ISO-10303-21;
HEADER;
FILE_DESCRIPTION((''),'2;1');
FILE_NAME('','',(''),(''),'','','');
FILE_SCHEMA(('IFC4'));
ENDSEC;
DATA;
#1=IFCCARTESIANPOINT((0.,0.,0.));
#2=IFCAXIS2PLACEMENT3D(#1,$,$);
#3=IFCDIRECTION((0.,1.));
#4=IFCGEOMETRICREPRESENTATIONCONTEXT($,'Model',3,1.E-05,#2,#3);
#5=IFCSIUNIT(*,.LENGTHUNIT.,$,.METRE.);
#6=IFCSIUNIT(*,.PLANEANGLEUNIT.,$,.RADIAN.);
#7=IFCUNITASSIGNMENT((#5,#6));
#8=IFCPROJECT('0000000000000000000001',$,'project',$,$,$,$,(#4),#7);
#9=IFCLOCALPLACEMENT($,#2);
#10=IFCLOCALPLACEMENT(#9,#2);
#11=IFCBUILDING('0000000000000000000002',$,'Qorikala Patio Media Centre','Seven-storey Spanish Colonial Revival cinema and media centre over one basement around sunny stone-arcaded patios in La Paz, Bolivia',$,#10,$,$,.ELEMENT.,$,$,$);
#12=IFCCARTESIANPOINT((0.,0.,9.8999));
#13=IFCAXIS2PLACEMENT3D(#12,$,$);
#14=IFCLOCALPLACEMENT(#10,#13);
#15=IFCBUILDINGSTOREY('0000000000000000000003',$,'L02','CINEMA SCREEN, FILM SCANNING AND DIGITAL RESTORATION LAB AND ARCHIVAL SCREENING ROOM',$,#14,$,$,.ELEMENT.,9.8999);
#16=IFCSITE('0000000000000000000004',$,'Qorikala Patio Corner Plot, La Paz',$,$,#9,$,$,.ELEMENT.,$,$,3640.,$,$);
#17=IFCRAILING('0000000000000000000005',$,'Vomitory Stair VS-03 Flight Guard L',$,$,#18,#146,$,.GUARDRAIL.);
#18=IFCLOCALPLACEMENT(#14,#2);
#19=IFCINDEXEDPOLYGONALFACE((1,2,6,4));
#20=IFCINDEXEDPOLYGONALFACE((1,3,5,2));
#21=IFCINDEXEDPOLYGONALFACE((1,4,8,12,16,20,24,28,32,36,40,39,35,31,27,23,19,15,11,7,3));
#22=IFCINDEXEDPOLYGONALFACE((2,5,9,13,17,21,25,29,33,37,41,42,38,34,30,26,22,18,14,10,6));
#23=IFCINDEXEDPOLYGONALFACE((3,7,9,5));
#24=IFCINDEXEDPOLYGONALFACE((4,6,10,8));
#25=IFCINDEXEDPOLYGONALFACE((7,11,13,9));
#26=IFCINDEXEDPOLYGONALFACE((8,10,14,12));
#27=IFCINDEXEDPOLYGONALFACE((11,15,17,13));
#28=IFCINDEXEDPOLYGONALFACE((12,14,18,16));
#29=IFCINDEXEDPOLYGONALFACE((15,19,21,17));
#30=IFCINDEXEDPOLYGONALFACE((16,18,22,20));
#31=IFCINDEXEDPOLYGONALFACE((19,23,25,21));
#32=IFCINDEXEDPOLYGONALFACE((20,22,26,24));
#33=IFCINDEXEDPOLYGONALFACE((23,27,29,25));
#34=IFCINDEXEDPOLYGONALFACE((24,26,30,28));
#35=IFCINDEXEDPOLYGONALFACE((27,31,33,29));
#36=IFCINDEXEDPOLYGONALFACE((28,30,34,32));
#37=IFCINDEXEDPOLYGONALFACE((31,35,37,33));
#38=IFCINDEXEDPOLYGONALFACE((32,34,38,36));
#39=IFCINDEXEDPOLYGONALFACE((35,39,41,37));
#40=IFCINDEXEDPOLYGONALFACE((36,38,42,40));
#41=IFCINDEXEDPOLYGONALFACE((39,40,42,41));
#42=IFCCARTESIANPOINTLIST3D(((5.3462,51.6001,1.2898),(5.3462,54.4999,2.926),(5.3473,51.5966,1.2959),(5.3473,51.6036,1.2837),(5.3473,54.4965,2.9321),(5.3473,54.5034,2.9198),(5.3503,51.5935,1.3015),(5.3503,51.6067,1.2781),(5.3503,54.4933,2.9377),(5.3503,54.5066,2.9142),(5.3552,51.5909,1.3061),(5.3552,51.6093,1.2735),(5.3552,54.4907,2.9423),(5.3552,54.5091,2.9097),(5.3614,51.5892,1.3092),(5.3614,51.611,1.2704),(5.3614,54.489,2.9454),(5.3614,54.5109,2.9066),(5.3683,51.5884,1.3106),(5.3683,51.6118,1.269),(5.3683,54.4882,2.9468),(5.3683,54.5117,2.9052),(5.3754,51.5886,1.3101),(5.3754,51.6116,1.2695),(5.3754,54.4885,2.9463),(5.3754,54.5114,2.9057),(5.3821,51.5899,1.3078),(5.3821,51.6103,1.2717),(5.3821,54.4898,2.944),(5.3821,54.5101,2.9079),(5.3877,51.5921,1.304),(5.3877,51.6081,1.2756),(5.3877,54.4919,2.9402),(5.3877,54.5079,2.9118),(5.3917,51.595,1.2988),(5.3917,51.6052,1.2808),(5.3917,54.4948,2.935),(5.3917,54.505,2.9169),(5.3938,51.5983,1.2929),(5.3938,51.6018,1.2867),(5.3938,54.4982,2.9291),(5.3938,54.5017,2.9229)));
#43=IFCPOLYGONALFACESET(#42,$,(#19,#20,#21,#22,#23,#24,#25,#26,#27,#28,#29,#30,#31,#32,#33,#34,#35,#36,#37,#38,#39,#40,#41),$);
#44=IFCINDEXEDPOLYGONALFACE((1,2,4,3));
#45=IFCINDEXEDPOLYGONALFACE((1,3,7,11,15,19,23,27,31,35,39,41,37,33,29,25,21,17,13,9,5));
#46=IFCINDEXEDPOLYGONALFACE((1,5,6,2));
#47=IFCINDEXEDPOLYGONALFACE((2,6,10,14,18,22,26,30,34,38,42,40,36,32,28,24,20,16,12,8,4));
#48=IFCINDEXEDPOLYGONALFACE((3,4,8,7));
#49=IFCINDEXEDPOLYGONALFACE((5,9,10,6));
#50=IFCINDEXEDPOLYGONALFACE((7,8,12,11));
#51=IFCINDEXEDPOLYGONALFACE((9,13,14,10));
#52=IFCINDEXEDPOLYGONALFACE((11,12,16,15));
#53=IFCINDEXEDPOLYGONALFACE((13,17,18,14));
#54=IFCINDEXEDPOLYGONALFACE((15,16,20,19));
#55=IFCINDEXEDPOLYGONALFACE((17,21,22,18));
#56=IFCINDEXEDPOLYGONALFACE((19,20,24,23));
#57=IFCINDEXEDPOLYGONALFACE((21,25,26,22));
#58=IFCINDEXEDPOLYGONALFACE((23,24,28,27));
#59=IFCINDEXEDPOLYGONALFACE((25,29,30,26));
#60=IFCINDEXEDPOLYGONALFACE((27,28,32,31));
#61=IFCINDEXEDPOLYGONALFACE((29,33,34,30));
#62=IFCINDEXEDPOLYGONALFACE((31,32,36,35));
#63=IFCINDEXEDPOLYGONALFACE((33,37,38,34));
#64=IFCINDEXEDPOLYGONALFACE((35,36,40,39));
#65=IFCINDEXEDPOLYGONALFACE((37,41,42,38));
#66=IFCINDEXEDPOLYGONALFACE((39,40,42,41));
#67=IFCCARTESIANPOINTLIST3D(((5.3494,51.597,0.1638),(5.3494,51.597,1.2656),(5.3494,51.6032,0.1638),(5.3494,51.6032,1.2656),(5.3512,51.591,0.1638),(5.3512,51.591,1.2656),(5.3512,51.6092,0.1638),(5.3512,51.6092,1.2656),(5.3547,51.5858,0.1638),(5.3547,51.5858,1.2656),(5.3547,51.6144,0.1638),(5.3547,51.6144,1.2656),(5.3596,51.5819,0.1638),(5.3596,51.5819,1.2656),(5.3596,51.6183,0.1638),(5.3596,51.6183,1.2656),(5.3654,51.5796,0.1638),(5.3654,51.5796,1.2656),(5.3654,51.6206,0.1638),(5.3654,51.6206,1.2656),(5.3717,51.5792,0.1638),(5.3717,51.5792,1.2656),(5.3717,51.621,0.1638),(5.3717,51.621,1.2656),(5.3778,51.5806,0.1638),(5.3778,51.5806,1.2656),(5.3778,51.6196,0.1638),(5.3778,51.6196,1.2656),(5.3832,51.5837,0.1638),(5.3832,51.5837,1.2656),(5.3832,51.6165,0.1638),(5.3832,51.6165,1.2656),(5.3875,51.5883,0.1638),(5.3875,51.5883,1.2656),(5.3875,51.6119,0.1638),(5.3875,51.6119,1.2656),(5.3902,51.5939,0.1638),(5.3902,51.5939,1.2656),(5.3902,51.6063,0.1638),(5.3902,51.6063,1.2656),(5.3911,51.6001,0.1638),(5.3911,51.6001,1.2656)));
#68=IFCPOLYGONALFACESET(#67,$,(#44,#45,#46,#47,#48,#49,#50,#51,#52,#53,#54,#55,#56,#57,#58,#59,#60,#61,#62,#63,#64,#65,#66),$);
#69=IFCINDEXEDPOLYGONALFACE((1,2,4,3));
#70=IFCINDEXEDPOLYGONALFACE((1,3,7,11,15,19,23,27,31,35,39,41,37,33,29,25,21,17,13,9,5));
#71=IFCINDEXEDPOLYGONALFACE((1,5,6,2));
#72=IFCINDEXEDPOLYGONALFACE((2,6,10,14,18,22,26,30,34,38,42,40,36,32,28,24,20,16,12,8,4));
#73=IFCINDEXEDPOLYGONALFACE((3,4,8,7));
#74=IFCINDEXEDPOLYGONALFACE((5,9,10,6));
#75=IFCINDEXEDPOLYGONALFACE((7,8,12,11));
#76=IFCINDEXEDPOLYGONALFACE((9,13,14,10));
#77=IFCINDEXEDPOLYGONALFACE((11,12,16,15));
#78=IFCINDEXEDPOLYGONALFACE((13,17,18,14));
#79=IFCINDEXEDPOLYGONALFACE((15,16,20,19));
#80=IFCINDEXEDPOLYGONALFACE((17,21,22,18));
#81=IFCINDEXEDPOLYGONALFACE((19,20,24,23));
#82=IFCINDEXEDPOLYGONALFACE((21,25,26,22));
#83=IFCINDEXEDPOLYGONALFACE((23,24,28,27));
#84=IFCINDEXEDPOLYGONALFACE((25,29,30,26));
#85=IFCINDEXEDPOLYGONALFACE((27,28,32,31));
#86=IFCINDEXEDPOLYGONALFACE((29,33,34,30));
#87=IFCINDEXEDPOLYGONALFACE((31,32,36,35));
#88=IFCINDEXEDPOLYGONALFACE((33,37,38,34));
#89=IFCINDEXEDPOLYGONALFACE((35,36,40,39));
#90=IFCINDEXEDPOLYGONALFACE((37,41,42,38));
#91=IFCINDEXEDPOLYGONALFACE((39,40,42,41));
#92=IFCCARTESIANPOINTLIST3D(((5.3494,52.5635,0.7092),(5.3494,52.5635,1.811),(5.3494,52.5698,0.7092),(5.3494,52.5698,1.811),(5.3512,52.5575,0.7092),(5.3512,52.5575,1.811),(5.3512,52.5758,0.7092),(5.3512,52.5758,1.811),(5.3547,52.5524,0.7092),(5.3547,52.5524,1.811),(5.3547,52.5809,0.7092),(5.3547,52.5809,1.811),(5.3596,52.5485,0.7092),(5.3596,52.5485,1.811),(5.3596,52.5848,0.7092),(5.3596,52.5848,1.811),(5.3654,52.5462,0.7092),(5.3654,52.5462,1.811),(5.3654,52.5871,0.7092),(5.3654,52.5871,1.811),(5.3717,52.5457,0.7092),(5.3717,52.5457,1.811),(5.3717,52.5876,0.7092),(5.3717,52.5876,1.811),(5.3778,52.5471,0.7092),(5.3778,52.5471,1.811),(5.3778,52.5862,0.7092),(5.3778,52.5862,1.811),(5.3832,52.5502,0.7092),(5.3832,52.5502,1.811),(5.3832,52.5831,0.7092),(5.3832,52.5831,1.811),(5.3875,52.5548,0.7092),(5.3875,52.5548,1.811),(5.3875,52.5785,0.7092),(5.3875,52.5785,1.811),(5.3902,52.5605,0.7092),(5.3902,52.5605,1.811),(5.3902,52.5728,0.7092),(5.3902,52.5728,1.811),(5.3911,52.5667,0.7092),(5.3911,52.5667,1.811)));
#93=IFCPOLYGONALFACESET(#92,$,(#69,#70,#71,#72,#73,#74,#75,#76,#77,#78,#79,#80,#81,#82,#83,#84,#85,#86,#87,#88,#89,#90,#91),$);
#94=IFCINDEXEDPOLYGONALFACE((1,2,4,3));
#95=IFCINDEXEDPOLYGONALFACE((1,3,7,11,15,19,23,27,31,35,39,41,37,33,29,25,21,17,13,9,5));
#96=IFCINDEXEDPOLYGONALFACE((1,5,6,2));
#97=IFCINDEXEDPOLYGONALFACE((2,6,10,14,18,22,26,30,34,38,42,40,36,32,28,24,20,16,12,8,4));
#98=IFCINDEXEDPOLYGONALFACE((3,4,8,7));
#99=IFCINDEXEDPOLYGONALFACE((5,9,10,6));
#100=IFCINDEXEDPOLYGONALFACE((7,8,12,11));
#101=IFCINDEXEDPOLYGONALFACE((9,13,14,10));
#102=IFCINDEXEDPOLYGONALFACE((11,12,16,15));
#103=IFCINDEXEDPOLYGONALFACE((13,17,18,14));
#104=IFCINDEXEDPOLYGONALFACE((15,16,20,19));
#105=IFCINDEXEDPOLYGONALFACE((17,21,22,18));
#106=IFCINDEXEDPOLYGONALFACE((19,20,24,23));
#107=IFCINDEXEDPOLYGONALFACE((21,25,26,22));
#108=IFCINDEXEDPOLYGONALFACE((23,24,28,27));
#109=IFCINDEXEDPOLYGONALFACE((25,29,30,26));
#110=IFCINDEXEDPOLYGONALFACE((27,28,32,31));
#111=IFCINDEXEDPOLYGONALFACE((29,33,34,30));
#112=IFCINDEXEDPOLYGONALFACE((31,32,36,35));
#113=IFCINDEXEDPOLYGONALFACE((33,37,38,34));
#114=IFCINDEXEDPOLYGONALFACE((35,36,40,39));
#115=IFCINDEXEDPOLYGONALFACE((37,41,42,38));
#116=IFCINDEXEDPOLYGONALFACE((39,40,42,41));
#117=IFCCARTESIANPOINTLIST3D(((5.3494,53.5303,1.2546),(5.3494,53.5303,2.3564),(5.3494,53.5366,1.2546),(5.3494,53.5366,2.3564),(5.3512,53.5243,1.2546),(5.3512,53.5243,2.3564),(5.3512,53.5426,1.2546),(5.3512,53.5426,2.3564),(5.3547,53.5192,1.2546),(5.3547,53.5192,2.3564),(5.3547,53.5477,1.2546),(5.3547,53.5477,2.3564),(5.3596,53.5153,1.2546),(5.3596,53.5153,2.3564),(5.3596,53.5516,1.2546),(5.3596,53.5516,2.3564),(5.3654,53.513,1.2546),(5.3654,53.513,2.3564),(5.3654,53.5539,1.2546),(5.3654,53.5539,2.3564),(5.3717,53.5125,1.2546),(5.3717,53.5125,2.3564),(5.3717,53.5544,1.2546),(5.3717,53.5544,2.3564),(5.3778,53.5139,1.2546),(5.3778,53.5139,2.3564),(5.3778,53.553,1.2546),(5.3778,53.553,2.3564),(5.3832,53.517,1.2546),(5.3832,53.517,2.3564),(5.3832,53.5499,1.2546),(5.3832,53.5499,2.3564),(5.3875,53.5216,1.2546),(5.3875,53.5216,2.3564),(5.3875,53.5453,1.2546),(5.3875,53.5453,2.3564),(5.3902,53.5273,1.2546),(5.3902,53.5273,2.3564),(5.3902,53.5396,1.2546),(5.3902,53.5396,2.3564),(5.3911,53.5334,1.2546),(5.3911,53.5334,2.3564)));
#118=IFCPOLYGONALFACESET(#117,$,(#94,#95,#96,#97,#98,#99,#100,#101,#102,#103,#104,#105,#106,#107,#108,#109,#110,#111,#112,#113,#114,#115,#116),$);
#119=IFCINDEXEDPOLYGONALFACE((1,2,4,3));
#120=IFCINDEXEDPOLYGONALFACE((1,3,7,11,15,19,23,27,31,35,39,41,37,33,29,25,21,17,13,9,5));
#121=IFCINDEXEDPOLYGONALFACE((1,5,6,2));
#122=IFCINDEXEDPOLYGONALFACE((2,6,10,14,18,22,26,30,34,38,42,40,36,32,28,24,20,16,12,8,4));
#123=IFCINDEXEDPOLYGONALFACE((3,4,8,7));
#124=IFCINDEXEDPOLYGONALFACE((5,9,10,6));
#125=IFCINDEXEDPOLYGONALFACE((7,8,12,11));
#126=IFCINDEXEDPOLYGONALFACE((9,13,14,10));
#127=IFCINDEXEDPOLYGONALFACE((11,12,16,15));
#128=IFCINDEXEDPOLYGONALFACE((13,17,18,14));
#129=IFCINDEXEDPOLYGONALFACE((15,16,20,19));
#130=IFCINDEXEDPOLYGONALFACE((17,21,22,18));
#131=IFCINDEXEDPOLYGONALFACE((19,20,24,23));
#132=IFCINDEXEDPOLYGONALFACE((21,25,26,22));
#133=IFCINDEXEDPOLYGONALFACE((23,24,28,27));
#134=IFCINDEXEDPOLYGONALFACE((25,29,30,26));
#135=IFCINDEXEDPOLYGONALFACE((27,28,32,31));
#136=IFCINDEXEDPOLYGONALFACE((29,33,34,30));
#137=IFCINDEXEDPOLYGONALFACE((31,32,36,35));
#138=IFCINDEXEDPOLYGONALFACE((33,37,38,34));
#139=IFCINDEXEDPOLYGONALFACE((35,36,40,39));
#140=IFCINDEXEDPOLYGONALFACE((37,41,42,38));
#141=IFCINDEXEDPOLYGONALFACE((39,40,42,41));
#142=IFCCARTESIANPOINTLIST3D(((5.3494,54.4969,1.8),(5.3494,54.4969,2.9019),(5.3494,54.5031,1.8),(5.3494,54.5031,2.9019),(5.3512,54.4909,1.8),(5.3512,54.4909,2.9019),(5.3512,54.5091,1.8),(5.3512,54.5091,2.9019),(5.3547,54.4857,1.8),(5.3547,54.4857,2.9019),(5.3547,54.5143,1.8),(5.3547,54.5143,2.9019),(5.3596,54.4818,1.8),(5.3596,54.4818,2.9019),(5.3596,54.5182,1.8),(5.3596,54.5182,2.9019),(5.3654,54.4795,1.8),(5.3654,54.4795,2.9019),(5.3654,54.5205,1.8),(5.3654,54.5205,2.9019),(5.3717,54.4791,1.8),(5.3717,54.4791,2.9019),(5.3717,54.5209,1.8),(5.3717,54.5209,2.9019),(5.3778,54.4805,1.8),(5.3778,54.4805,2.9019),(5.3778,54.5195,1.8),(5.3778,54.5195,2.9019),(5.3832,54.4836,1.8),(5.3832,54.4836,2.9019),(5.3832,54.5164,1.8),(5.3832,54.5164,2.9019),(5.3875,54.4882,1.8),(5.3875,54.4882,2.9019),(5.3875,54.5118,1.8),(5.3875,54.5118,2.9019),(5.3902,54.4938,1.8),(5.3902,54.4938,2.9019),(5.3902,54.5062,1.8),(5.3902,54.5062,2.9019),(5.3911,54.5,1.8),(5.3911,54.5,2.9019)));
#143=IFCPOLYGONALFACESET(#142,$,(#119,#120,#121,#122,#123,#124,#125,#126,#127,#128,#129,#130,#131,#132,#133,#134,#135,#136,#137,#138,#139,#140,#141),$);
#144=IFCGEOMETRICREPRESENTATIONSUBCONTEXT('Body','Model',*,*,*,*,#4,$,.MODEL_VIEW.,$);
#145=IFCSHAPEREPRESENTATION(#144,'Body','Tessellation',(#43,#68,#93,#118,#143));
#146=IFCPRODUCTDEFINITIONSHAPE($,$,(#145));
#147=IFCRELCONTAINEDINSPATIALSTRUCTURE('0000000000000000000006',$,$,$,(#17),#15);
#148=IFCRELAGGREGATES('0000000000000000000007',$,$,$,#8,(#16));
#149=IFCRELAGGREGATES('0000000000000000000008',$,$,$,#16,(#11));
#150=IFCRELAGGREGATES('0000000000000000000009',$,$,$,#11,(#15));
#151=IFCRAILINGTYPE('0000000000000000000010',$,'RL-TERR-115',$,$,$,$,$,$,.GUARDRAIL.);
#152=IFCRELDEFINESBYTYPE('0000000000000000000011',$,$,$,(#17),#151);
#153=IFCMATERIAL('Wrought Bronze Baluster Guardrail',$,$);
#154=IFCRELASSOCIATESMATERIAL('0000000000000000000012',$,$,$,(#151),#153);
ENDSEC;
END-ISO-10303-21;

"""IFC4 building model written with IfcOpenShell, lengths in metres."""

from ifc_helpers import new_model, si_unit, direction, frame, origin, origin_2d, place, context, subcontext, project, spatial, circle, extrude, material, type_object, element, save


model = new_model("IFC4")

# Units and contexts
model_context = context("Model", 3, precision=1e-05, world=origin(), true_north=direction((0.0, 1.0)))
body_context = subcontext(model_context, "Body", "Model", "MODEL_VIEW")
ifc_project = project(units=[si_unit("LENGTHUNIT", "METRE"), si_unit("PLANEANGLEUNIT", "RADIAN")], contexts=[model_context])

# Site, building, storey
site_placement = place(None, origin())
site = spatial("IfcSite", under=ifc_project, at=site_placement, Name="Qorikala Patio Corner Plot, La Paz", CompositionType="ELEMENT", RefElevation=3640.0)
building_placement = place(site_placement, origin())
building = spatial("IfcBuilding", under=site, at=building_placement, Name="Qorikala Patio Media Centre", Description="Seven-storey Spanish Colonial Revival cinema and media centre over one basement around sunny stone-arcaded patios in La Paz, Bolivia", CompositionType="ELEMENT")
storey_placement = place(building_placement, frame((0.0, 0.0, 9.8999)))
storey = spatial("IfcBuildingStorey", under=building, at=storey_placement, Name="L02", Description="CINEMA SCREEN, FILM SCANNING AND DIGITAL RESTORATION LAB AND ARCHIVAL SCREENING ROOM", CompositionType="ELEMENT", Elevation=9.8999)

# Railing
ifc_material_1 = material(Name="Wrought Bronze Baluster Guardrail")
railing_type = type_object("IfcRailingType", Name="RL-TERR-115", PredefinedType="GUARDRAIL", material=ifc_material_1)
for number, where, name in (
    (1, (5.3701, 51.6001, 0.1638), "Vomitory Stair VS-03 Flight Guard L"),
):
    element("IfcRailing", number, at=place(storey_placement, frame(where)), inside=storey, type_object=railing_type, Name=name, PredefinedType="GUARDRAIL", context=body_context, shape_type="SweptSolid", body=[
        extrude(circle(Radius=0.0239, at=origin_2d()), frame((0.0, 0.0, 1.126), z_axis=(0.0, 0.870929, 0.49141), x_axis=(-1.0, 0.0, 0.0)), (0.0, 0.0, 1.0), 3.3296),
        extrude(circle(Radius=0.021, at=origin_2d()), origin(), (0.0, 0.0, 1.0), 1.1018),
        extrude(circle(Radius=0.021, at=origin_2d()), frame((0.0, 0.9666, 0.5454)), (0.0, 0.0, 1.0), 1.1018),
        extrude(circle(Radius=0.021, at=origin_2d()), frame((0.0, 1.9333, 1.0908)), (0.0, 0.0, 1.0), 1.1018),
        extrude(circle(Radius=0.021, at=origin_2d()), frame((0.0, 2.8999, 1.6362)), (0.0, 0.0, 1.0), 1.1018),
    ])

save(model, "model.ifc")
